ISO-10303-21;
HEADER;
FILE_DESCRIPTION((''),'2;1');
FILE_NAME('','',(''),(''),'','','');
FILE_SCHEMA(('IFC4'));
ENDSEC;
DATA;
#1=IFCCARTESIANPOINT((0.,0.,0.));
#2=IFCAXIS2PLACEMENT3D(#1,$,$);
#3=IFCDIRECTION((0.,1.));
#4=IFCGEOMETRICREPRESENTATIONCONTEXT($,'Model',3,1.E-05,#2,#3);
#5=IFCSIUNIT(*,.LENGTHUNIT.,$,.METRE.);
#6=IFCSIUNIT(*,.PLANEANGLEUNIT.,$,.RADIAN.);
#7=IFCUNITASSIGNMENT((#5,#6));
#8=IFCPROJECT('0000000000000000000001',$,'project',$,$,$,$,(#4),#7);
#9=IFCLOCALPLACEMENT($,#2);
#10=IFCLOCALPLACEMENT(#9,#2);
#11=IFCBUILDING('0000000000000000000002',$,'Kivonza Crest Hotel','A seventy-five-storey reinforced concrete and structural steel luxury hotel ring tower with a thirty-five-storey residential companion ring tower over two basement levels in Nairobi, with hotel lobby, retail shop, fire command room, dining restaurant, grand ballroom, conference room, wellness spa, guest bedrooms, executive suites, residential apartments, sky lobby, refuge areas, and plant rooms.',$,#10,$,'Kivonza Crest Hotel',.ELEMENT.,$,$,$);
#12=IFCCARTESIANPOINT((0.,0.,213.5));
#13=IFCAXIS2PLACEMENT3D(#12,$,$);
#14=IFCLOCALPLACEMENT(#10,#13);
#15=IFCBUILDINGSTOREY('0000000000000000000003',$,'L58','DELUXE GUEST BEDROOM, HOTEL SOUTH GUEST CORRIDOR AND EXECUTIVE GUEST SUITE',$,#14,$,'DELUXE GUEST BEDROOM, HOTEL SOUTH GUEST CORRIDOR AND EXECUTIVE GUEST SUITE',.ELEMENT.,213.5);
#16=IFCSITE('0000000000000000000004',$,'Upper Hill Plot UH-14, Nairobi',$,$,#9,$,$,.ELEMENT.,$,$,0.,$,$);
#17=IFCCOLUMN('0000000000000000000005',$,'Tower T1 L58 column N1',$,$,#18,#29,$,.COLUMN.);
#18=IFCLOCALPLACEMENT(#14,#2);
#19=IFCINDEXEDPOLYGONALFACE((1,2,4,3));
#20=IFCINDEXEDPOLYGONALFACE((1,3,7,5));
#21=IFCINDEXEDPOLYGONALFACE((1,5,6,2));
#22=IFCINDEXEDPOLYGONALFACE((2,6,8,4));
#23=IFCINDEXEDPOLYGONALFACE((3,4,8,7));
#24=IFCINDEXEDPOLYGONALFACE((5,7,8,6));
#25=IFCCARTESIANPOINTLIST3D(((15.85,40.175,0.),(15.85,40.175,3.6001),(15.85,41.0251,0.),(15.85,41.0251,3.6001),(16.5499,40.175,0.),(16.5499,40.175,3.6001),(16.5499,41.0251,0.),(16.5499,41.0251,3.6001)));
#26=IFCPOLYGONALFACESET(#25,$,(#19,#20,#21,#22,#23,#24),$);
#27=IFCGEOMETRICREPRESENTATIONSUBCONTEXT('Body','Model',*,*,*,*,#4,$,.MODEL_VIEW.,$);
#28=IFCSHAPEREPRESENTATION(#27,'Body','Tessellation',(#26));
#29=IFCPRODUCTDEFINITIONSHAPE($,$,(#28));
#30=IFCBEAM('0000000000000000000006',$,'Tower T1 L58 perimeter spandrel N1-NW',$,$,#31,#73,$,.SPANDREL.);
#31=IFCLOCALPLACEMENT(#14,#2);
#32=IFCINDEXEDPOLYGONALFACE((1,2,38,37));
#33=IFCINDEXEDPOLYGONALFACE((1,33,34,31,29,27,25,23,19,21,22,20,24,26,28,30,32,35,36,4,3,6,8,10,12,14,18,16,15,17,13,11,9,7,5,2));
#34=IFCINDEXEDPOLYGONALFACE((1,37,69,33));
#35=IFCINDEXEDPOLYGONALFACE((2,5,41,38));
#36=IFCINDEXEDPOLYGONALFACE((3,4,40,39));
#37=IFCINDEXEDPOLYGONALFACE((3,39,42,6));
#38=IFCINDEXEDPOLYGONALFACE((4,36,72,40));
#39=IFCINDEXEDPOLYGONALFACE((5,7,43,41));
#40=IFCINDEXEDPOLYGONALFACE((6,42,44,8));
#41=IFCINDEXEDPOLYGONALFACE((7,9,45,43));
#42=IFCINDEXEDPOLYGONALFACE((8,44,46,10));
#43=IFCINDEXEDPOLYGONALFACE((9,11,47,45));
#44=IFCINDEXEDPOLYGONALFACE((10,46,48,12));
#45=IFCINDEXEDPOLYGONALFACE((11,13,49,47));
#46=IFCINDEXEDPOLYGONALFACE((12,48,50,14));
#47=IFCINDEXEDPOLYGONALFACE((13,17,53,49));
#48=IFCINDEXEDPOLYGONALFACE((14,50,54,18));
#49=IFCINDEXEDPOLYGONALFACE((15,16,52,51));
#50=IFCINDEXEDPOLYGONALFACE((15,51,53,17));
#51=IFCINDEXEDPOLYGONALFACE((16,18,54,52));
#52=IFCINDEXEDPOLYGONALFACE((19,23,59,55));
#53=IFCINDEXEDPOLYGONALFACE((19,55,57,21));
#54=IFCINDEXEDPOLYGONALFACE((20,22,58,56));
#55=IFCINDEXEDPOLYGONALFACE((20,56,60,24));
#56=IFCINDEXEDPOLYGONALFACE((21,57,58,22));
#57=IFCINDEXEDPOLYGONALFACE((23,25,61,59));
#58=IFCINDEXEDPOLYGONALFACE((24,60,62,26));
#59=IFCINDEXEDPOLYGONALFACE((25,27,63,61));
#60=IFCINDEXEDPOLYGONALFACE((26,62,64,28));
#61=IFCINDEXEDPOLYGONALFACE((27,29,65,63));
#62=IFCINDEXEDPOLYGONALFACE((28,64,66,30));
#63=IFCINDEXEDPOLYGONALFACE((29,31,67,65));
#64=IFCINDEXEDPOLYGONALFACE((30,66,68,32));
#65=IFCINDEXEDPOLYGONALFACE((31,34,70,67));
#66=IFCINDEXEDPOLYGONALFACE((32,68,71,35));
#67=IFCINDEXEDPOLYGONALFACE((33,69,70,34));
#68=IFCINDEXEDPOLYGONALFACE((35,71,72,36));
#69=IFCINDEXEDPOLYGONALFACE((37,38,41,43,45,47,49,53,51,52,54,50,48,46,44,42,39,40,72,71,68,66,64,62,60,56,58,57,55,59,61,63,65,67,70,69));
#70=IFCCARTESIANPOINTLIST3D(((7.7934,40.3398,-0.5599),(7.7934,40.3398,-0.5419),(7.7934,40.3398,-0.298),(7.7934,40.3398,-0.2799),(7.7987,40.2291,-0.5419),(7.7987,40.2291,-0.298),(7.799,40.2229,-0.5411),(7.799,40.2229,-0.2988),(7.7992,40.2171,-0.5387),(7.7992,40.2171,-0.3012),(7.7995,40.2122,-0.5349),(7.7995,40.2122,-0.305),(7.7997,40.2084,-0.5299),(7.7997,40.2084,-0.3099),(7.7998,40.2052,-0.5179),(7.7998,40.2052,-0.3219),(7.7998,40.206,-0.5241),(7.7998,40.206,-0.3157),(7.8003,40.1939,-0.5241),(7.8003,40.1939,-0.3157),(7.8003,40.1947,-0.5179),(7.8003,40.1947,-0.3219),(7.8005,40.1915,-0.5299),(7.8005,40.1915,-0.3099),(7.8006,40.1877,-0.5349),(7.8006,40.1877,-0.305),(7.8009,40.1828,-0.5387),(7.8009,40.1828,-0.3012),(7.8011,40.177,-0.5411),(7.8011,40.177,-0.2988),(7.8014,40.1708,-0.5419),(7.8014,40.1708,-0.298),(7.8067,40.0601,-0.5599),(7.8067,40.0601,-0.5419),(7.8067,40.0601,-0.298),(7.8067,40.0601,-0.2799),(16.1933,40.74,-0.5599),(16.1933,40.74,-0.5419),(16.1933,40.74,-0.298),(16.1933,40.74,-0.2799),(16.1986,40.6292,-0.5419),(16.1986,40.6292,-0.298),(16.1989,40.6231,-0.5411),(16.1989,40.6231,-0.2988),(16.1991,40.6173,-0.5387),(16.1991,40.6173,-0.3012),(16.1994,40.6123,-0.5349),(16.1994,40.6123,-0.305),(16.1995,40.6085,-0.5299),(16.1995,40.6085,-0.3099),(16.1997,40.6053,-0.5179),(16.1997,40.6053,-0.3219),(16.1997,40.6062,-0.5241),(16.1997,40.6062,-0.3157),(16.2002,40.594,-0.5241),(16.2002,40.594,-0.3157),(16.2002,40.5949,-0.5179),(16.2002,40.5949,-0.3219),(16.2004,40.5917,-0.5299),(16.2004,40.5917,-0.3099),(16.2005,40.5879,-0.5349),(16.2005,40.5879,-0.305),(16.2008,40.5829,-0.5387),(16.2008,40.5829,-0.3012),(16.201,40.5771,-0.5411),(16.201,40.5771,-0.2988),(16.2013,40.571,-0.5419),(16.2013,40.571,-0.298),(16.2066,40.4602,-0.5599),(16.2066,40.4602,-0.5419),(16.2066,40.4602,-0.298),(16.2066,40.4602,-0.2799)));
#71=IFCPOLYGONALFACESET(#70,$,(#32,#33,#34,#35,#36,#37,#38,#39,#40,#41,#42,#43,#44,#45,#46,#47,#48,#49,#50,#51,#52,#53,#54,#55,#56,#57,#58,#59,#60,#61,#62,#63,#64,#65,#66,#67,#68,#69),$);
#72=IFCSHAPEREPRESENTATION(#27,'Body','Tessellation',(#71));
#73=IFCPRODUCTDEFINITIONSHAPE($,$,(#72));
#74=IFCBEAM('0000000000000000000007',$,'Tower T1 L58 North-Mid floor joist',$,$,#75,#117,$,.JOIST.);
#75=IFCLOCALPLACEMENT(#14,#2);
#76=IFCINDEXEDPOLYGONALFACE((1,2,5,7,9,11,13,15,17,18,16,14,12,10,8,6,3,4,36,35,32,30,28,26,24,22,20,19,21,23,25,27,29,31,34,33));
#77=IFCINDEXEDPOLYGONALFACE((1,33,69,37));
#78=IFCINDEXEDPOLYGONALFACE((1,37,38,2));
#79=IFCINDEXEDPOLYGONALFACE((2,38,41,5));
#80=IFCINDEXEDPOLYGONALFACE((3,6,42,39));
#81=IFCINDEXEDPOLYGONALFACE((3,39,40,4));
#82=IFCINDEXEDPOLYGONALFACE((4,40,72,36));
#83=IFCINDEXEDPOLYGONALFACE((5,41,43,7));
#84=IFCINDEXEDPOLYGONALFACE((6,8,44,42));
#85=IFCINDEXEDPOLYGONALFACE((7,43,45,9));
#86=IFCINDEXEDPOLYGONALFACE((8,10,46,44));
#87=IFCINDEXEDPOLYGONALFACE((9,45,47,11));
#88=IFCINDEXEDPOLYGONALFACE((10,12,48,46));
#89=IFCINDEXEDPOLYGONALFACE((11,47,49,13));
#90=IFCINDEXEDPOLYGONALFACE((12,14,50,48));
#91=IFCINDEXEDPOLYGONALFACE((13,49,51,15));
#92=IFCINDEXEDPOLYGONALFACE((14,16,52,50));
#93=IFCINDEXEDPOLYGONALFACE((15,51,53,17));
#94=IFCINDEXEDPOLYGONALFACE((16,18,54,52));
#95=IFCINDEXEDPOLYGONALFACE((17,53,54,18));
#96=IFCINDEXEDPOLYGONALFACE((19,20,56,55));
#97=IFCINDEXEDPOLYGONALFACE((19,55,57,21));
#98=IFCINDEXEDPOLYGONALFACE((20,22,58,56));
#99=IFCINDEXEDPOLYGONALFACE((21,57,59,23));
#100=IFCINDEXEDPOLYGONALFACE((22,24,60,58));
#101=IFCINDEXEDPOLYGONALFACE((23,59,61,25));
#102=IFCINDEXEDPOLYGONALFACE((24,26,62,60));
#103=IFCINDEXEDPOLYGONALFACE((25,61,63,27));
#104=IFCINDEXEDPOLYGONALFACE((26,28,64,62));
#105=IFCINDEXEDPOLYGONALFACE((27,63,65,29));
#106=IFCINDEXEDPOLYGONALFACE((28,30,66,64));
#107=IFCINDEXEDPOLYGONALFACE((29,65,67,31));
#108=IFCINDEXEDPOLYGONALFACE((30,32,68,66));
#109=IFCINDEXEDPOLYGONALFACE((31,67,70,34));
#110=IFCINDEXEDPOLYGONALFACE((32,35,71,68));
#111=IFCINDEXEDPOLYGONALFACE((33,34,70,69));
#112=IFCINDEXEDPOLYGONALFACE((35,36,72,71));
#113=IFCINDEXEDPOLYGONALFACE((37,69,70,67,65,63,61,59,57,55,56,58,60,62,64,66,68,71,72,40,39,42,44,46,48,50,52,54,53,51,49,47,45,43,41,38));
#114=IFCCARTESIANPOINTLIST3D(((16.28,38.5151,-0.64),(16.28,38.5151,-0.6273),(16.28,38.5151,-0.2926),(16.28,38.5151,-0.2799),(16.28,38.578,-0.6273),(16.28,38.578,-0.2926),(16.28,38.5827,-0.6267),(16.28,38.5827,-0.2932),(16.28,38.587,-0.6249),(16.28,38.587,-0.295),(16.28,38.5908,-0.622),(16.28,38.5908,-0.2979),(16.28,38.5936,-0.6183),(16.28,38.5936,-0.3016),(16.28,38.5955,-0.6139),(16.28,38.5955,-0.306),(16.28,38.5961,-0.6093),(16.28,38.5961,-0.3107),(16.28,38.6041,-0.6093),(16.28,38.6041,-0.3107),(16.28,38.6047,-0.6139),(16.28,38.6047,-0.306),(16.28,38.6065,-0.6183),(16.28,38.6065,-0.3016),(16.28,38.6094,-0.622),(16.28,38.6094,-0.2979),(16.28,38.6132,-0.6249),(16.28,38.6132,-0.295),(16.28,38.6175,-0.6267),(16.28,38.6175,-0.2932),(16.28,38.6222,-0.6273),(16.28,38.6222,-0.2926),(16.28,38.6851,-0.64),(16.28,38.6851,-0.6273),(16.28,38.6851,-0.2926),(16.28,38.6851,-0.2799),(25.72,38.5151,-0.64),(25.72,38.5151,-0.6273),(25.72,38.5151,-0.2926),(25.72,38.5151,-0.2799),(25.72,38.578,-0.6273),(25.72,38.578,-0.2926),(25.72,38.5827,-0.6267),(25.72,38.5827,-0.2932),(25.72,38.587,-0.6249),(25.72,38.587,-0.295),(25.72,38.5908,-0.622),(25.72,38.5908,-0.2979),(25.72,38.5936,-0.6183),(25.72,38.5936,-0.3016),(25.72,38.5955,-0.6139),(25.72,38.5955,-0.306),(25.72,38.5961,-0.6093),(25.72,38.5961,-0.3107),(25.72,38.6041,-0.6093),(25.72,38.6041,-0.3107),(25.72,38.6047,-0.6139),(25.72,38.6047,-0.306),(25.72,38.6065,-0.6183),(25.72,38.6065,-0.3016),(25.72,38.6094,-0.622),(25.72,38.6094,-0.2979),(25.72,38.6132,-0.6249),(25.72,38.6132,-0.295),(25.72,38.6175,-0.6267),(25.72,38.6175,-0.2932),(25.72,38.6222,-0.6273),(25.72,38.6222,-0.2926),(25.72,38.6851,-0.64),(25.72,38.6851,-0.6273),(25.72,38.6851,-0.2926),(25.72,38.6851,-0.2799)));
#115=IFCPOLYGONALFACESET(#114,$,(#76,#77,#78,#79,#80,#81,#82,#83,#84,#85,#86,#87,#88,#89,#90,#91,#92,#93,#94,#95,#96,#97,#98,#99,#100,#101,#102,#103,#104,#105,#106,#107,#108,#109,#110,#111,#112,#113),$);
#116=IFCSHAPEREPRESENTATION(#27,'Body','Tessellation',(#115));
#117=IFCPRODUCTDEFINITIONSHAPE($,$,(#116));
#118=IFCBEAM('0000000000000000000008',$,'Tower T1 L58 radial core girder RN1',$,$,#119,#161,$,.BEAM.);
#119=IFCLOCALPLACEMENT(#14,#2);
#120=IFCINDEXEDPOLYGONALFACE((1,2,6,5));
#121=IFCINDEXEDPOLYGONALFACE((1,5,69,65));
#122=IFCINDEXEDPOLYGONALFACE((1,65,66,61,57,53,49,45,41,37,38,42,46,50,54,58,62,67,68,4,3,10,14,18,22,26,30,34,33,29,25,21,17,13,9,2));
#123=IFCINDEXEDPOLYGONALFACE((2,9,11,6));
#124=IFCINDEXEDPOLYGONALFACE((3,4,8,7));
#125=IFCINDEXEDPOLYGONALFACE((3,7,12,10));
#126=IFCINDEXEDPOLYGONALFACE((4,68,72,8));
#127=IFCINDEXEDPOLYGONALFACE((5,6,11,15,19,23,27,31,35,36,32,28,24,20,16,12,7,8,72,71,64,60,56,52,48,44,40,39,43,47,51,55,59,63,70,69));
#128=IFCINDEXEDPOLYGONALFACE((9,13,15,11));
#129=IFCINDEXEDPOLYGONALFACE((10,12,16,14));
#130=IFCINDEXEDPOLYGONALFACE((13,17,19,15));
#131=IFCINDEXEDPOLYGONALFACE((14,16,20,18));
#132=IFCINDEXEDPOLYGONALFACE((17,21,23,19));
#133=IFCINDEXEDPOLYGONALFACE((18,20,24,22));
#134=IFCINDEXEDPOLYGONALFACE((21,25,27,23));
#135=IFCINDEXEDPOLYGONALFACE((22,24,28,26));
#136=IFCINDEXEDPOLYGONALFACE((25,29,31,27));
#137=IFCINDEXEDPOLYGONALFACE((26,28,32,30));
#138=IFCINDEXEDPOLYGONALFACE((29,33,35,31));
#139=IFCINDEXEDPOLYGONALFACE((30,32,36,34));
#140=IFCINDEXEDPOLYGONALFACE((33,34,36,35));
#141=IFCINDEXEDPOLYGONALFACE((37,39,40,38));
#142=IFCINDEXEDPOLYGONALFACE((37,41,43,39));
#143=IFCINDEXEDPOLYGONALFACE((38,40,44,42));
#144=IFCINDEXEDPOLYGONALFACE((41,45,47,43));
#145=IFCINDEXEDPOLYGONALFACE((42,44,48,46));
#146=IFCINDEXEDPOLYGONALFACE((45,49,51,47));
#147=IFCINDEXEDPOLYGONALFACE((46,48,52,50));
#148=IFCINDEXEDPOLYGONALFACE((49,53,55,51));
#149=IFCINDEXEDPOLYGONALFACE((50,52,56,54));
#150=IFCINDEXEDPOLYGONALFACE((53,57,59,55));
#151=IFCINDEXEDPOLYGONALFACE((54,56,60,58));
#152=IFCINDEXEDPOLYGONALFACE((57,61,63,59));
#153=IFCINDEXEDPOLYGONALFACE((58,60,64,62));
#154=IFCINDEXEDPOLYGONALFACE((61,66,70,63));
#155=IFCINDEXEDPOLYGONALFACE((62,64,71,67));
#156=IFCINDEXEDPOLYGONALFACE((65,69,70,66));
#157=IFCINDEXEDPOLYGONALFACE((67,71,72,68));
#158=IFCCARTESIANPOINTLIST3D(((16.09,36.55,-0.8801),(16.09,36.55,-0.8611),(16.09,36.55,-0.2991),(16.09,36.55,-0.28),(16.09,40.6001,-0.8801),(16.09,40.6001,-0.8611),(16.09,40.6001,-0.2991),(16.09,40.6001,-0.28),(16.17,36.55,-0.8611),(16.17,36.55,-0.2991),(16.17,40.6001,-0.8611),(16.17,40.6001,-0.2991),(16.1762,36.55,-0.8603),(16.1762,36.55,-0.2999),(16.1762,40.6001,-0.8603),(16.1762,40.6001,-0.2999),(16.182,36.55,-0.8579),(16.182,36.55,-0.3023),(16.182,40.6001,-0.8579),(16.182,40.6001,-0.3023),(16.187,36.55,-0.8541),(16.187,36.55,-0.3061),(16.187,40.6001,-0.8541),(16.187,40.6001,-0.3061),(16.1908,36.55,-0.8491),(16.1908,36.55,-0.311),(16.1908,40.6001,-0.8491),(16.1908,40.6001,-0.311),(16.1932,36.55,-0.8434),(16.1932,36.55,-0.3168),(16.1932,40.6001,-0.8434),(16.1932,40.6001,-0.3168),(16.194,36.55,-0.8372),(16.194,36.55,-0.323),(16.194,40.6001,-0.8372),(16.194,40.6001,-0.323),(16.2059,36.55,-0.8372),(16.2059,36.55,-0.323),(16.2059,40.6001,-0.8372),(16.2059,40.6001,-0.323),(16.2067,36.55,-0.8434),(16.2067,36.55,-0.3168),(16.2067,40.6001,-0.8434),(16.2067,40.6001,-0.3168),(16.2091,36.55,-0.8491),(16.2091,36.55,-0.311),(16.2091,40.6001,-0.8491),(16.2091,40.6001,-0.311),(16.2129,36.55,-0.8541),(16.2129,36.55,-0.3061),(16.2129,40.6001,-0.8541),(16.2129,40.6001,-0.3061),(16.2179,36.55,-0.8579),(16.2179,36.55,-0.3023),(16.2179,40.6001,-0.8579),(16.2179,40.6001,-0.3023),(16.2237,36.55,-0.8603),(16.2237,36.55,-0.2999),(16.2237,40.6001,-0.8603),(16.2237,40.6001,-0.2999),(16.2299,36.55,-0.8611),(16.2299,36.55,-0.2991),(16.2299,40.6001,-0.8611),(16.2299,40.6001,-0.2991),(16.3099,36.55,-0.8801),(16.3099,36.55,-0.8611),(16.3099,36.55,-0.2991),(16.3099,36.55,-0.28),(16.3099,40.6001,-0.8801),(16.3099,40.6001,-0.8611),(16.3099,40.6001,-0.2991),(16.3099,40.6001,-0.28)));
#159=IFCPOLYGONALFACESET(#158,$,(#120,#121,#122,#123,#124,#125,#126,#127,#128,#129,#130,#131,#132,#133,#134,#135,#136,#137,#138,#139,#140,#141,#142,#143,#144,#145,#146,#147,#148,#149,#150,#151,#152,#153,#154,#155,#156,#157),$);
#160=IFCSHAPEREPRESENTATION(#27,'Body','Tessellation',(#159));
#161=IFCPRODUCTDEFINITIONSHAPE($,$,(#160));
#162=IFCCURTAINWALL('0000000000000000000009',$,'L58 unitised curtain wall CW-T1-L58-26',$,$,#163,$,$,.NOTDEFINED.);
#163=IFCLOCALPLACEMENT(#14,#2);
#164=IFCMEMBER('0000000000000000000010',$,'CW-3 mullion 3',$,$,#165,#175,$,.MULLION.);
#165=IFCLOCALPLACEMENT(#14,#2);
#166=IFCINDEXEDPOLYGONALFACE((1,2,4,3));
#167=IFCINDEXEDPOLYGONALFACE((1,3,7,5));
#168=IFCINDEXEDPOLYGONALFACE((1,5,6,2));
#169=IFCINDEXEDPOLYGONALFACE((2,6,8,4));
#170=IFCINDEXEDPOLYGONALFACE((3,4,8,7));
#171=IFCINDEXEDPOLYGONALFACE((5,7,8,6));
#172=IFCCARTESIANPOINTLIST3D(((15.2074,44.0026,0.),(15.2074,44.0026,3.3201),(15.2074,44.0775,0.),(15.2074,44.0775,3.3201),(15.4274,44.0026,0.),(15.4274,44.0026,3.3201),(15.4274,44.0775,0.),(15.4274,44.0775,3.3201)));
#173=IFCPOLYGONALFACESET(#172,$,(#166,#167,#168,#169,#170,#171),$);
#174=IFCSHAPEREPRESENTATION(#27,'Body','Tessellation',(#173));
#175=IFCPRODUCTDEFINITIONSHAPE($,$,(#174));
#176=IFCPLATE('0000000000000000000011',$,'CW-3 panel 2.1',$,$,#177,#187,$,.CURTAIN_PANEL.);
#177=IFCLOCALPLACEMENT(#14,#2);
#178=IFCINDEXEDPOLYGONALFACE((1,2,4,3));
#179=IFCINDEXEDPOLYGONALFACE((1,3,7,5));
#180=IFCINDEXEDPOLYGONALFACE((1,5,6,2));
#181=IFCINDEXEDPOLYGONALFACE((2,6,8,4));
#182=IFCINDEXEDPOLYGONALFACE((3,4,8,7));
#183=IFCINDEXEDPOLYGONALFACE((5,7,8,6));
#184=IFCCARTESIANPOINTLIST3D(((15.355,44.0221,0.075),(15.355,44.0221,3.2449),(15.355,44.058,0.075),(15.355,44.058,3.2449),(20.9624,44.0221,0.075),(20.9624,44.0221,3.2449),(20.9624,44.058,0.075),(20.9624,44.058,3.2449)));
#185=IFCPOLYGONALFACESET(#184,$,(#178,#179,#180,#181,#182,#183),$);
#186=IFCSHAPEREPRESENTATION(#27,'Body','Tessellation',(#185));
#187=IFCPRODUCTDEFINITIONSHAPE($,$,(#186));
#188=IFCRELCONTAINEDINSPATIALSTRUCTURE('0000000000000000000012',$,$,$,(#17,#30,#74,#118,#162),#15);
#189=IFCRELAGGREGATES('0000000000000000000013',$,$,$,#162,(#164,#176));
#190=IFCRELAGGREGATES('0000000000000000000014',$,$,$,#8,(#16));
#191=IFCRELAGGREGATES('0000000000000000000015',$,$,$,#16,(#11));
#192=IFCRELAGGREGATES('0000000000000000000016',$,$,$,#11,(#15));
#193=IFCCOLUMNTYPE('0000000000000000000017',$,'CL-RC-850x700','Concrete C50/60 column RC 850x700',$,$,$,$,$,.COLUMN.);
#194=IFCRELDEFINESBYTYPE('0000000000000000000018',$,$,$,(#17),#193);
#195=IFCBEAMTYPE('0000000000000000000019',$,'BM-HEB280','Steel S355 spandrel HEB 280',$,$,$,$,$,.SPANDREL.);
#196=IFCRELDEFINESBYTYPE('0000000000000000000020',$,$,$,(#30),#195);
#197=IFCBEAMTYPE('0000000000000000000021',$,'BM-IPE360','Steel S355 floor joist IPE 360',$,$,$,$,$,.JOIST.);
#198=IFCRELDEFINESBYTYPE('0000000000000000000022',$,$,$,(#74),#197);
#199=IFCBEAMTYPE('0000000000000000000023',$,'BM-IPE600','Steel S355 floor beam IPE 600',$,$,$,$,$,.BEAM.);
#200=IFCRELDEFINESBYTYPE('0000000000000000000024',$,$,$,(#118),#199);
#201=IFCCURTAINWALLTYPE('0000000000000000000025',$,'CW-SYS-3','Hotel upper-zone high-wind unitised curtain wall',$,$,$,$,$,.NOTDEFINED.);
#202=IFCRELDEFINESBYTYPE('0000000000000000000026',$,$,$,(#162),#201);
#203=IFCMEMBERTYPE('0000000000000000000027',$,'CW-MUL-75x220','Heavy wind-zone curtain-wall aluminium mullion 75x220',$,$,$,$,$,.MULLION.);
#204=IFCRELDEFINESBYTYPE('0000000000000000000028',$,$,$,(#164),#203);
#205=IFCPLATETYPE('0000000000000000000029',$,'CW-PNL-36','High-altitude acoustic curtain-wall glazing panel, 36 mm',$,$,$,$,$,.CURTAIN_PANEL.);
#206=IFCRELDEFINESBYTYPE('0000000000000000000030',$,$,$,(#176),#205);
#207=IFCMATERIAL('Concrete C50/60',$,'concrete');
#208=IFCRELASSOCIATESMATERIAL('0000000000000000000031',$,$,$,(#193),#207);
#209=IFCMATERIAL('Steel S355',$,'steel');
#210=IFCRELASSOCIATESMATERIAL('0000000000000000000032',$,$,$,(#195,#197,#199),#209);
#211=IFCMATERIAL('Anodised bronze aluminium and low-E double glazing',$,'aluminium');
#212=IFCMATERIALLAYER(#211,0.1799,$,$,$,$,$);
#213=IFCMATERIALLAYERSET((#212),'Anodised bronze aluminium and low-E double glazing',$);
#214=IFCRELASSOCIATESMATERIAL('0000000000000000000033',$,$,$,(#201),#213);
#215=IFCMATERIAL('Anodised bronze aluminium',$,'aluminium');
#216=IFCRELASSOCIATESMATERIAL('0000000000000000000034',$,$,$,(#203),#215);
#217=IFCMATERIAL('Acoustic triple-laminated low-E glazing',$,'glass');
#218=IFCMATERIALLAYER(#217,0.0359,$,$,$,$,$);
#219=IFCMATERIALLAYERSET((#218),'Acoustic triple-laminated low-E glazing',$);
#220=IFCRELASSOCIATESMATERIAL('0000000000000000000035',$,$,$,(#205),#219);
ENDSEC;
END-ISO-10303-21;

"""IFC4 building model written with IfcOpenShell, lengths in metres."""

from ifc_helpers import new_model, si_unit, direction, frame, origin, origin_2d, place, context, subcontext, project, spatial, rectangle, i_section, extrude, material, layer, layer_set, material_profile, profile_set, type_object, element, aggregate, save


model = new_model("IFC4")

# Units and contexts
model_context = context("Model", 3, precision=1e-05, world=origin(), true_north=direction((0.0, 1.0)))
body_context = subcontext(model_context, "Body", "Model", "MODEL_VIEW")
ifc_project = project(units=[si_unit("LENGTHUNIT", "METRE"), si_unit("PLANEANGLEUNIT", "RADIAN")], contexts=[model_context])

# Site, building, storey
site_placement = place(None, origin())
site = spatial("IfcSite", under=ifc_project, at=site_placement, Name="Upper Hill Plot UH-14, Nairobi", CompositionType="ELEMENT", RefElevation=0.0)
building_placement = place(site_placement, origin())
building = spatial("IfcBuilding", under=site, at=building_placement, Name="Kivonza Crest Hotel", Description="A seventy-five-storey reinforced concrete and structural steel luxury hotel ring tower with a thirty-five-storey residential companion ring tower over two basement levels in Nairobi, with hotel lobby, retail shop, fire command room, dining restaurant, grand ballroom, conference room, wellness spa, guest bedrooms, executive suites, residential apartments, sky lobby, refuge areas, and plant rooms.", LongName="Kivonza Crest Hotel", CompositionType="ELEMENT")
storey_placement = place(building_placement, frame((0.0, 0.0, 213.5)))
storey = spatial("IfcBuildingStorey", under=building, at=storey_placement, Name="L58", Description="DELUXE GUEST BEDROOM, HOTEL SOUTH GUEST CORRIDOR AND EXECUTIVE GUEST SUITE", LongName="DELUXE GUEST BEDROOM, HOTEL SOUTH GUEST CORRIDOR AND EXECUTIVE GUEST SUITE", CompositionType="ELEMENT", Elevation=213.5)

# Column
ifc_material_1 = material(Name="Concrete C50/60", Category="concrete")
ifc_material_profile_1 = material_profile(ifc_material_1, rectangle(XDim=0.7, YDim=0.8501, at=origin_2d()), Name="RC 850x700")
ifc_profile_set_1 = profile_set([ifc_material_profile_1], Name="Concrete C50/60")
column_type = type_object("IfcColumnType", Name="CL-RC-850x700", Description="Concrete C50/60 column RC 850x700", PredefinedType="COLUMN", material=ifc_profile_set_1)
column_placement = place(storey_placement, frame((16.2, 40.6001, 0.0), z_axis=(0.0, 0.0, 1.0), x_axis=(1.0, 0.0, 0.0)))
element("IfcColumn", 1, at=column_placement, inside=storey, type_object=column_type, Name="Tower T1 L58 column N1", PredefinedType="COLUMN", context=body_context, shape_type="SweptSolid", body=[
    extrude(rectangle(XDim=0.7, YDim=0.8501, at=origin_2d()), origin(), (0.0, 0.0, 1.0), 3.6001),
])

# Beams
ifc_material_2 = material(Name="Steel S355", Category="steel")
ifc_material_profile_2 = material_profile(ifc_material_2, i_section(OverallWidth=0.28, OverallDepth=0.28, WebThickness=0.0105, FlangeThickness=0.0181, FilletRadius=0.0239, at=origin_2d()), Name="HEB 280")
ifc_profile_set_2 = profile_set([ifc_material_profile_2], Name="Steel S355")
beam_type_1 = type_object("IfcBeamType", Name="BM-HEB280", Description="Steel S355 spandrel HEB 280", PredefinedType="SPANDREL", material=ifc_profile_set_2)
beam_1_placement = place(storey_placement, frame((16.2, 40.6001, -0.4199), z_axis=(-0.998867, -0.047583, 0.0), x_axis=(0.047583, -0.998867, 0.0)))
element("IfcBeam", 2, at=beam_1_placement, inside=storey, type_object=beam_type_1, Name="Tower T1 L58 perimeter spandrel N1-NW", PredefinedType="SPANDREL", context=body_context, shape_type="SweptSolid", body=[
    extrude(i_section(OverallWidth=0.28, OverallDepth=0.28, WebThickness=0.0105, FlangeThickness=0.0181, FilletRadius=0.0239, at=origin_2d()), origin(), (0.0, 0.0, 1.0), 8.4094),
])
ifc_material_profile_3 = material_profile(ifc_material_2, i_section(OverallWidth=0.1699, OverallDepth=0.3601, WebThickness=0.0081, FlangeThickness=0.0127, FilletRadius=0.0181, at=origin_2d()), Name="IPE 360")
ifc_profile_set_3 = profile_set([ifc_material_profile_3], Name="Steel S355")
beam_type_2 = type_object("IfcBeamType", Name="BM-IPE360", Description="Steel S355 floor joist IPE 360", PredefinedType="JOIST", material=ifc_profile_set_3)
beam_2_placement = place(storey_placement, frame((16.28, 38.6001, -0.46), z_axis=(1.0, 0.0, 0.0), x_axis=(0.0, 1.0, 0.0)))
element("IfcBeam", 3, at=beam_2_placement, inside=storey, type_object=beam_type_2, Name="Tower T1 L58 North-Mid floor joist", PredefinedType="JOIST", context=body_context, shape_type="SweptSolid", body=[
    extrude(i_section(OverallWidth=0.1699, OverallDepth=0.3601, WebThickness=0.0081, FlangeThickness=0.0127, FilletRadius=0.0181, at=origin_2d()), origin(), (0.0, 0.0, 1.0), 9.4399),
])
ifc_material_profile_4 = material_profile(ifc_material_2, i_section(OverallWidth=0.22, OverallDepth=0.6001, WebThickness=0.012, FlangeThickness=0.019, FilletRadius=0.0239, at=origin_2d()), Name="IPE 600")
ifc_profile_set_4 = profile_set([ifc_material_profile_4], Name="Steel S355")
beam_type_3 = type_object("IfcBeamType", Name="BM-IPE600", Description="Steel S355 floor beam IPE 600", PredefinedType="BEAM", material=ifc_profile_set_4)
beam_3_placement = place(storey_placement, frame((16.2, 40.6001, -0.5801), z_axis=(0.0, -1.0, 0.0), x_axis=(1.0, 0.0, 0.0)))
element("IfcBeam", 4, at=beam_3_placement, inside=storey, type_object=beam_type_3, Name="Tower T1 L58 radial core girder RN1", PredefinedType="BEAM", context=body_context, shape_type="SweptSolid", body=[
    extrude(i_section(OverallWidth=0.22, OverallDepth=0.6001, WebThickness=0.012, FlangeThickness=0.019, FilletRadius=0.0239, at=origin_2d()), origin(), (0.0, 0.0, 1.0), 4.05),
])

# Curtain wall, member, plate
ifc_material_3 = material(Name="Anodised bronze aluminium and low-E double glazing", Category="aluminium")
ifc_layer_1 = layer(ifc_material_3, 0.1799)
ifc_layer_set_1 = layer_set([ifc_layer_1], Name="Anodised bronze aluminium and low-E double glazing")
curtain_wall_type = type_object("IfcCurtainWallType", Name="CW-SYS-3", Description="Hotel upper-zone high-wind unitised curtain wall", PredefinedType="NOTDEFINED", material=ifc_layer_set_1)
curtain_wall_placement = place(storey_placement, origin())
curtain_wall = element("IfcCurtainWall", 5, at=curtain_wall_placement, inside=storey, type_object=curtain_wall_type, Name="L58 unitised curtain wall CW-T1-L58-26", PredefinedType="NOTDEFINED")
ifc_material_4 = material(Name="Anodised bronze aluminium", Category="aluminium")
ifc_material_profile_5 = material_profile(ifc_material_4, rectangle(XDim=0.075, YDim=0.22, at=origin_2d()), Name="CW-M 75x220")
ifc_profile_set_5 = profile_set([ifc_material_profile_5], Name="Anodised bronze aluminium")
member_type = type_object("IfcMemberType", Name="CW-MUL-75x220", Description="Heavy wind-zone curtain-wall aluminium mullion 75x220", PredefinedType="MULLION", material=ifc_profile_set_5)
member_placement = place(storey_placement, frame((15.3174, 44.04, 0.0), z_axis=(0.0, 0.0, 1.0), x_axis=(0.0, -1.0, 0.0)))
member = element("IfcMember", 6, at=member_placement, type_object=member_type, Name="CW-3 mullion 3", PredefinedType="MULLION", context=body_context, shape_type="SweptSolid", body=[
    extrude(rectangle(XDim=0.075, YDim=0.22, at=origin_2d()), origin(), (0.0, 0.0, 1.0), 3.3201),
])
ifc_material_5 = material(Name="Acoustic triple-laminated low-E glazing", Category="glass")
ifc_layer_2 = layer(ifc_material_5, 0.0359)
ifc_layer_set_2 = layer_set([ifc_layer_2], Name="Acoustic triple-laminated low-E glazing")
plate_type = type_object("IfcPlateType", Name="CW-PNL-36", Description="High-altitude acoustic curtain-wall glazing panel, 36 mm", PredefinedType="CURTAIN_PANEL", material=ifc_layer_set_2)
plate_placement = place(storey_placement, frame((18.1587, 44.04, 0.075), z_axis=(0.0, 0.0, 1.0), x_axis=(-1.0, 0.0, 0.0)))
plate = element("IfcPlate", 7, at=plate_placement, type_object=plate_type, Name="CW-3 panel 2.1", PredefinedType="CURTAIN_PANEL", context=body_context, shape_type="SweptSolid", body=[
    extrude(rectangle(XDim=5.6074, YDim=0.0359, at=origin_2d()), origin(), (0.0, 0.0, 1.0), 3.1699),
])
aggregate(curtain_wall, [member, plate])

save(model, "model.ifc")
